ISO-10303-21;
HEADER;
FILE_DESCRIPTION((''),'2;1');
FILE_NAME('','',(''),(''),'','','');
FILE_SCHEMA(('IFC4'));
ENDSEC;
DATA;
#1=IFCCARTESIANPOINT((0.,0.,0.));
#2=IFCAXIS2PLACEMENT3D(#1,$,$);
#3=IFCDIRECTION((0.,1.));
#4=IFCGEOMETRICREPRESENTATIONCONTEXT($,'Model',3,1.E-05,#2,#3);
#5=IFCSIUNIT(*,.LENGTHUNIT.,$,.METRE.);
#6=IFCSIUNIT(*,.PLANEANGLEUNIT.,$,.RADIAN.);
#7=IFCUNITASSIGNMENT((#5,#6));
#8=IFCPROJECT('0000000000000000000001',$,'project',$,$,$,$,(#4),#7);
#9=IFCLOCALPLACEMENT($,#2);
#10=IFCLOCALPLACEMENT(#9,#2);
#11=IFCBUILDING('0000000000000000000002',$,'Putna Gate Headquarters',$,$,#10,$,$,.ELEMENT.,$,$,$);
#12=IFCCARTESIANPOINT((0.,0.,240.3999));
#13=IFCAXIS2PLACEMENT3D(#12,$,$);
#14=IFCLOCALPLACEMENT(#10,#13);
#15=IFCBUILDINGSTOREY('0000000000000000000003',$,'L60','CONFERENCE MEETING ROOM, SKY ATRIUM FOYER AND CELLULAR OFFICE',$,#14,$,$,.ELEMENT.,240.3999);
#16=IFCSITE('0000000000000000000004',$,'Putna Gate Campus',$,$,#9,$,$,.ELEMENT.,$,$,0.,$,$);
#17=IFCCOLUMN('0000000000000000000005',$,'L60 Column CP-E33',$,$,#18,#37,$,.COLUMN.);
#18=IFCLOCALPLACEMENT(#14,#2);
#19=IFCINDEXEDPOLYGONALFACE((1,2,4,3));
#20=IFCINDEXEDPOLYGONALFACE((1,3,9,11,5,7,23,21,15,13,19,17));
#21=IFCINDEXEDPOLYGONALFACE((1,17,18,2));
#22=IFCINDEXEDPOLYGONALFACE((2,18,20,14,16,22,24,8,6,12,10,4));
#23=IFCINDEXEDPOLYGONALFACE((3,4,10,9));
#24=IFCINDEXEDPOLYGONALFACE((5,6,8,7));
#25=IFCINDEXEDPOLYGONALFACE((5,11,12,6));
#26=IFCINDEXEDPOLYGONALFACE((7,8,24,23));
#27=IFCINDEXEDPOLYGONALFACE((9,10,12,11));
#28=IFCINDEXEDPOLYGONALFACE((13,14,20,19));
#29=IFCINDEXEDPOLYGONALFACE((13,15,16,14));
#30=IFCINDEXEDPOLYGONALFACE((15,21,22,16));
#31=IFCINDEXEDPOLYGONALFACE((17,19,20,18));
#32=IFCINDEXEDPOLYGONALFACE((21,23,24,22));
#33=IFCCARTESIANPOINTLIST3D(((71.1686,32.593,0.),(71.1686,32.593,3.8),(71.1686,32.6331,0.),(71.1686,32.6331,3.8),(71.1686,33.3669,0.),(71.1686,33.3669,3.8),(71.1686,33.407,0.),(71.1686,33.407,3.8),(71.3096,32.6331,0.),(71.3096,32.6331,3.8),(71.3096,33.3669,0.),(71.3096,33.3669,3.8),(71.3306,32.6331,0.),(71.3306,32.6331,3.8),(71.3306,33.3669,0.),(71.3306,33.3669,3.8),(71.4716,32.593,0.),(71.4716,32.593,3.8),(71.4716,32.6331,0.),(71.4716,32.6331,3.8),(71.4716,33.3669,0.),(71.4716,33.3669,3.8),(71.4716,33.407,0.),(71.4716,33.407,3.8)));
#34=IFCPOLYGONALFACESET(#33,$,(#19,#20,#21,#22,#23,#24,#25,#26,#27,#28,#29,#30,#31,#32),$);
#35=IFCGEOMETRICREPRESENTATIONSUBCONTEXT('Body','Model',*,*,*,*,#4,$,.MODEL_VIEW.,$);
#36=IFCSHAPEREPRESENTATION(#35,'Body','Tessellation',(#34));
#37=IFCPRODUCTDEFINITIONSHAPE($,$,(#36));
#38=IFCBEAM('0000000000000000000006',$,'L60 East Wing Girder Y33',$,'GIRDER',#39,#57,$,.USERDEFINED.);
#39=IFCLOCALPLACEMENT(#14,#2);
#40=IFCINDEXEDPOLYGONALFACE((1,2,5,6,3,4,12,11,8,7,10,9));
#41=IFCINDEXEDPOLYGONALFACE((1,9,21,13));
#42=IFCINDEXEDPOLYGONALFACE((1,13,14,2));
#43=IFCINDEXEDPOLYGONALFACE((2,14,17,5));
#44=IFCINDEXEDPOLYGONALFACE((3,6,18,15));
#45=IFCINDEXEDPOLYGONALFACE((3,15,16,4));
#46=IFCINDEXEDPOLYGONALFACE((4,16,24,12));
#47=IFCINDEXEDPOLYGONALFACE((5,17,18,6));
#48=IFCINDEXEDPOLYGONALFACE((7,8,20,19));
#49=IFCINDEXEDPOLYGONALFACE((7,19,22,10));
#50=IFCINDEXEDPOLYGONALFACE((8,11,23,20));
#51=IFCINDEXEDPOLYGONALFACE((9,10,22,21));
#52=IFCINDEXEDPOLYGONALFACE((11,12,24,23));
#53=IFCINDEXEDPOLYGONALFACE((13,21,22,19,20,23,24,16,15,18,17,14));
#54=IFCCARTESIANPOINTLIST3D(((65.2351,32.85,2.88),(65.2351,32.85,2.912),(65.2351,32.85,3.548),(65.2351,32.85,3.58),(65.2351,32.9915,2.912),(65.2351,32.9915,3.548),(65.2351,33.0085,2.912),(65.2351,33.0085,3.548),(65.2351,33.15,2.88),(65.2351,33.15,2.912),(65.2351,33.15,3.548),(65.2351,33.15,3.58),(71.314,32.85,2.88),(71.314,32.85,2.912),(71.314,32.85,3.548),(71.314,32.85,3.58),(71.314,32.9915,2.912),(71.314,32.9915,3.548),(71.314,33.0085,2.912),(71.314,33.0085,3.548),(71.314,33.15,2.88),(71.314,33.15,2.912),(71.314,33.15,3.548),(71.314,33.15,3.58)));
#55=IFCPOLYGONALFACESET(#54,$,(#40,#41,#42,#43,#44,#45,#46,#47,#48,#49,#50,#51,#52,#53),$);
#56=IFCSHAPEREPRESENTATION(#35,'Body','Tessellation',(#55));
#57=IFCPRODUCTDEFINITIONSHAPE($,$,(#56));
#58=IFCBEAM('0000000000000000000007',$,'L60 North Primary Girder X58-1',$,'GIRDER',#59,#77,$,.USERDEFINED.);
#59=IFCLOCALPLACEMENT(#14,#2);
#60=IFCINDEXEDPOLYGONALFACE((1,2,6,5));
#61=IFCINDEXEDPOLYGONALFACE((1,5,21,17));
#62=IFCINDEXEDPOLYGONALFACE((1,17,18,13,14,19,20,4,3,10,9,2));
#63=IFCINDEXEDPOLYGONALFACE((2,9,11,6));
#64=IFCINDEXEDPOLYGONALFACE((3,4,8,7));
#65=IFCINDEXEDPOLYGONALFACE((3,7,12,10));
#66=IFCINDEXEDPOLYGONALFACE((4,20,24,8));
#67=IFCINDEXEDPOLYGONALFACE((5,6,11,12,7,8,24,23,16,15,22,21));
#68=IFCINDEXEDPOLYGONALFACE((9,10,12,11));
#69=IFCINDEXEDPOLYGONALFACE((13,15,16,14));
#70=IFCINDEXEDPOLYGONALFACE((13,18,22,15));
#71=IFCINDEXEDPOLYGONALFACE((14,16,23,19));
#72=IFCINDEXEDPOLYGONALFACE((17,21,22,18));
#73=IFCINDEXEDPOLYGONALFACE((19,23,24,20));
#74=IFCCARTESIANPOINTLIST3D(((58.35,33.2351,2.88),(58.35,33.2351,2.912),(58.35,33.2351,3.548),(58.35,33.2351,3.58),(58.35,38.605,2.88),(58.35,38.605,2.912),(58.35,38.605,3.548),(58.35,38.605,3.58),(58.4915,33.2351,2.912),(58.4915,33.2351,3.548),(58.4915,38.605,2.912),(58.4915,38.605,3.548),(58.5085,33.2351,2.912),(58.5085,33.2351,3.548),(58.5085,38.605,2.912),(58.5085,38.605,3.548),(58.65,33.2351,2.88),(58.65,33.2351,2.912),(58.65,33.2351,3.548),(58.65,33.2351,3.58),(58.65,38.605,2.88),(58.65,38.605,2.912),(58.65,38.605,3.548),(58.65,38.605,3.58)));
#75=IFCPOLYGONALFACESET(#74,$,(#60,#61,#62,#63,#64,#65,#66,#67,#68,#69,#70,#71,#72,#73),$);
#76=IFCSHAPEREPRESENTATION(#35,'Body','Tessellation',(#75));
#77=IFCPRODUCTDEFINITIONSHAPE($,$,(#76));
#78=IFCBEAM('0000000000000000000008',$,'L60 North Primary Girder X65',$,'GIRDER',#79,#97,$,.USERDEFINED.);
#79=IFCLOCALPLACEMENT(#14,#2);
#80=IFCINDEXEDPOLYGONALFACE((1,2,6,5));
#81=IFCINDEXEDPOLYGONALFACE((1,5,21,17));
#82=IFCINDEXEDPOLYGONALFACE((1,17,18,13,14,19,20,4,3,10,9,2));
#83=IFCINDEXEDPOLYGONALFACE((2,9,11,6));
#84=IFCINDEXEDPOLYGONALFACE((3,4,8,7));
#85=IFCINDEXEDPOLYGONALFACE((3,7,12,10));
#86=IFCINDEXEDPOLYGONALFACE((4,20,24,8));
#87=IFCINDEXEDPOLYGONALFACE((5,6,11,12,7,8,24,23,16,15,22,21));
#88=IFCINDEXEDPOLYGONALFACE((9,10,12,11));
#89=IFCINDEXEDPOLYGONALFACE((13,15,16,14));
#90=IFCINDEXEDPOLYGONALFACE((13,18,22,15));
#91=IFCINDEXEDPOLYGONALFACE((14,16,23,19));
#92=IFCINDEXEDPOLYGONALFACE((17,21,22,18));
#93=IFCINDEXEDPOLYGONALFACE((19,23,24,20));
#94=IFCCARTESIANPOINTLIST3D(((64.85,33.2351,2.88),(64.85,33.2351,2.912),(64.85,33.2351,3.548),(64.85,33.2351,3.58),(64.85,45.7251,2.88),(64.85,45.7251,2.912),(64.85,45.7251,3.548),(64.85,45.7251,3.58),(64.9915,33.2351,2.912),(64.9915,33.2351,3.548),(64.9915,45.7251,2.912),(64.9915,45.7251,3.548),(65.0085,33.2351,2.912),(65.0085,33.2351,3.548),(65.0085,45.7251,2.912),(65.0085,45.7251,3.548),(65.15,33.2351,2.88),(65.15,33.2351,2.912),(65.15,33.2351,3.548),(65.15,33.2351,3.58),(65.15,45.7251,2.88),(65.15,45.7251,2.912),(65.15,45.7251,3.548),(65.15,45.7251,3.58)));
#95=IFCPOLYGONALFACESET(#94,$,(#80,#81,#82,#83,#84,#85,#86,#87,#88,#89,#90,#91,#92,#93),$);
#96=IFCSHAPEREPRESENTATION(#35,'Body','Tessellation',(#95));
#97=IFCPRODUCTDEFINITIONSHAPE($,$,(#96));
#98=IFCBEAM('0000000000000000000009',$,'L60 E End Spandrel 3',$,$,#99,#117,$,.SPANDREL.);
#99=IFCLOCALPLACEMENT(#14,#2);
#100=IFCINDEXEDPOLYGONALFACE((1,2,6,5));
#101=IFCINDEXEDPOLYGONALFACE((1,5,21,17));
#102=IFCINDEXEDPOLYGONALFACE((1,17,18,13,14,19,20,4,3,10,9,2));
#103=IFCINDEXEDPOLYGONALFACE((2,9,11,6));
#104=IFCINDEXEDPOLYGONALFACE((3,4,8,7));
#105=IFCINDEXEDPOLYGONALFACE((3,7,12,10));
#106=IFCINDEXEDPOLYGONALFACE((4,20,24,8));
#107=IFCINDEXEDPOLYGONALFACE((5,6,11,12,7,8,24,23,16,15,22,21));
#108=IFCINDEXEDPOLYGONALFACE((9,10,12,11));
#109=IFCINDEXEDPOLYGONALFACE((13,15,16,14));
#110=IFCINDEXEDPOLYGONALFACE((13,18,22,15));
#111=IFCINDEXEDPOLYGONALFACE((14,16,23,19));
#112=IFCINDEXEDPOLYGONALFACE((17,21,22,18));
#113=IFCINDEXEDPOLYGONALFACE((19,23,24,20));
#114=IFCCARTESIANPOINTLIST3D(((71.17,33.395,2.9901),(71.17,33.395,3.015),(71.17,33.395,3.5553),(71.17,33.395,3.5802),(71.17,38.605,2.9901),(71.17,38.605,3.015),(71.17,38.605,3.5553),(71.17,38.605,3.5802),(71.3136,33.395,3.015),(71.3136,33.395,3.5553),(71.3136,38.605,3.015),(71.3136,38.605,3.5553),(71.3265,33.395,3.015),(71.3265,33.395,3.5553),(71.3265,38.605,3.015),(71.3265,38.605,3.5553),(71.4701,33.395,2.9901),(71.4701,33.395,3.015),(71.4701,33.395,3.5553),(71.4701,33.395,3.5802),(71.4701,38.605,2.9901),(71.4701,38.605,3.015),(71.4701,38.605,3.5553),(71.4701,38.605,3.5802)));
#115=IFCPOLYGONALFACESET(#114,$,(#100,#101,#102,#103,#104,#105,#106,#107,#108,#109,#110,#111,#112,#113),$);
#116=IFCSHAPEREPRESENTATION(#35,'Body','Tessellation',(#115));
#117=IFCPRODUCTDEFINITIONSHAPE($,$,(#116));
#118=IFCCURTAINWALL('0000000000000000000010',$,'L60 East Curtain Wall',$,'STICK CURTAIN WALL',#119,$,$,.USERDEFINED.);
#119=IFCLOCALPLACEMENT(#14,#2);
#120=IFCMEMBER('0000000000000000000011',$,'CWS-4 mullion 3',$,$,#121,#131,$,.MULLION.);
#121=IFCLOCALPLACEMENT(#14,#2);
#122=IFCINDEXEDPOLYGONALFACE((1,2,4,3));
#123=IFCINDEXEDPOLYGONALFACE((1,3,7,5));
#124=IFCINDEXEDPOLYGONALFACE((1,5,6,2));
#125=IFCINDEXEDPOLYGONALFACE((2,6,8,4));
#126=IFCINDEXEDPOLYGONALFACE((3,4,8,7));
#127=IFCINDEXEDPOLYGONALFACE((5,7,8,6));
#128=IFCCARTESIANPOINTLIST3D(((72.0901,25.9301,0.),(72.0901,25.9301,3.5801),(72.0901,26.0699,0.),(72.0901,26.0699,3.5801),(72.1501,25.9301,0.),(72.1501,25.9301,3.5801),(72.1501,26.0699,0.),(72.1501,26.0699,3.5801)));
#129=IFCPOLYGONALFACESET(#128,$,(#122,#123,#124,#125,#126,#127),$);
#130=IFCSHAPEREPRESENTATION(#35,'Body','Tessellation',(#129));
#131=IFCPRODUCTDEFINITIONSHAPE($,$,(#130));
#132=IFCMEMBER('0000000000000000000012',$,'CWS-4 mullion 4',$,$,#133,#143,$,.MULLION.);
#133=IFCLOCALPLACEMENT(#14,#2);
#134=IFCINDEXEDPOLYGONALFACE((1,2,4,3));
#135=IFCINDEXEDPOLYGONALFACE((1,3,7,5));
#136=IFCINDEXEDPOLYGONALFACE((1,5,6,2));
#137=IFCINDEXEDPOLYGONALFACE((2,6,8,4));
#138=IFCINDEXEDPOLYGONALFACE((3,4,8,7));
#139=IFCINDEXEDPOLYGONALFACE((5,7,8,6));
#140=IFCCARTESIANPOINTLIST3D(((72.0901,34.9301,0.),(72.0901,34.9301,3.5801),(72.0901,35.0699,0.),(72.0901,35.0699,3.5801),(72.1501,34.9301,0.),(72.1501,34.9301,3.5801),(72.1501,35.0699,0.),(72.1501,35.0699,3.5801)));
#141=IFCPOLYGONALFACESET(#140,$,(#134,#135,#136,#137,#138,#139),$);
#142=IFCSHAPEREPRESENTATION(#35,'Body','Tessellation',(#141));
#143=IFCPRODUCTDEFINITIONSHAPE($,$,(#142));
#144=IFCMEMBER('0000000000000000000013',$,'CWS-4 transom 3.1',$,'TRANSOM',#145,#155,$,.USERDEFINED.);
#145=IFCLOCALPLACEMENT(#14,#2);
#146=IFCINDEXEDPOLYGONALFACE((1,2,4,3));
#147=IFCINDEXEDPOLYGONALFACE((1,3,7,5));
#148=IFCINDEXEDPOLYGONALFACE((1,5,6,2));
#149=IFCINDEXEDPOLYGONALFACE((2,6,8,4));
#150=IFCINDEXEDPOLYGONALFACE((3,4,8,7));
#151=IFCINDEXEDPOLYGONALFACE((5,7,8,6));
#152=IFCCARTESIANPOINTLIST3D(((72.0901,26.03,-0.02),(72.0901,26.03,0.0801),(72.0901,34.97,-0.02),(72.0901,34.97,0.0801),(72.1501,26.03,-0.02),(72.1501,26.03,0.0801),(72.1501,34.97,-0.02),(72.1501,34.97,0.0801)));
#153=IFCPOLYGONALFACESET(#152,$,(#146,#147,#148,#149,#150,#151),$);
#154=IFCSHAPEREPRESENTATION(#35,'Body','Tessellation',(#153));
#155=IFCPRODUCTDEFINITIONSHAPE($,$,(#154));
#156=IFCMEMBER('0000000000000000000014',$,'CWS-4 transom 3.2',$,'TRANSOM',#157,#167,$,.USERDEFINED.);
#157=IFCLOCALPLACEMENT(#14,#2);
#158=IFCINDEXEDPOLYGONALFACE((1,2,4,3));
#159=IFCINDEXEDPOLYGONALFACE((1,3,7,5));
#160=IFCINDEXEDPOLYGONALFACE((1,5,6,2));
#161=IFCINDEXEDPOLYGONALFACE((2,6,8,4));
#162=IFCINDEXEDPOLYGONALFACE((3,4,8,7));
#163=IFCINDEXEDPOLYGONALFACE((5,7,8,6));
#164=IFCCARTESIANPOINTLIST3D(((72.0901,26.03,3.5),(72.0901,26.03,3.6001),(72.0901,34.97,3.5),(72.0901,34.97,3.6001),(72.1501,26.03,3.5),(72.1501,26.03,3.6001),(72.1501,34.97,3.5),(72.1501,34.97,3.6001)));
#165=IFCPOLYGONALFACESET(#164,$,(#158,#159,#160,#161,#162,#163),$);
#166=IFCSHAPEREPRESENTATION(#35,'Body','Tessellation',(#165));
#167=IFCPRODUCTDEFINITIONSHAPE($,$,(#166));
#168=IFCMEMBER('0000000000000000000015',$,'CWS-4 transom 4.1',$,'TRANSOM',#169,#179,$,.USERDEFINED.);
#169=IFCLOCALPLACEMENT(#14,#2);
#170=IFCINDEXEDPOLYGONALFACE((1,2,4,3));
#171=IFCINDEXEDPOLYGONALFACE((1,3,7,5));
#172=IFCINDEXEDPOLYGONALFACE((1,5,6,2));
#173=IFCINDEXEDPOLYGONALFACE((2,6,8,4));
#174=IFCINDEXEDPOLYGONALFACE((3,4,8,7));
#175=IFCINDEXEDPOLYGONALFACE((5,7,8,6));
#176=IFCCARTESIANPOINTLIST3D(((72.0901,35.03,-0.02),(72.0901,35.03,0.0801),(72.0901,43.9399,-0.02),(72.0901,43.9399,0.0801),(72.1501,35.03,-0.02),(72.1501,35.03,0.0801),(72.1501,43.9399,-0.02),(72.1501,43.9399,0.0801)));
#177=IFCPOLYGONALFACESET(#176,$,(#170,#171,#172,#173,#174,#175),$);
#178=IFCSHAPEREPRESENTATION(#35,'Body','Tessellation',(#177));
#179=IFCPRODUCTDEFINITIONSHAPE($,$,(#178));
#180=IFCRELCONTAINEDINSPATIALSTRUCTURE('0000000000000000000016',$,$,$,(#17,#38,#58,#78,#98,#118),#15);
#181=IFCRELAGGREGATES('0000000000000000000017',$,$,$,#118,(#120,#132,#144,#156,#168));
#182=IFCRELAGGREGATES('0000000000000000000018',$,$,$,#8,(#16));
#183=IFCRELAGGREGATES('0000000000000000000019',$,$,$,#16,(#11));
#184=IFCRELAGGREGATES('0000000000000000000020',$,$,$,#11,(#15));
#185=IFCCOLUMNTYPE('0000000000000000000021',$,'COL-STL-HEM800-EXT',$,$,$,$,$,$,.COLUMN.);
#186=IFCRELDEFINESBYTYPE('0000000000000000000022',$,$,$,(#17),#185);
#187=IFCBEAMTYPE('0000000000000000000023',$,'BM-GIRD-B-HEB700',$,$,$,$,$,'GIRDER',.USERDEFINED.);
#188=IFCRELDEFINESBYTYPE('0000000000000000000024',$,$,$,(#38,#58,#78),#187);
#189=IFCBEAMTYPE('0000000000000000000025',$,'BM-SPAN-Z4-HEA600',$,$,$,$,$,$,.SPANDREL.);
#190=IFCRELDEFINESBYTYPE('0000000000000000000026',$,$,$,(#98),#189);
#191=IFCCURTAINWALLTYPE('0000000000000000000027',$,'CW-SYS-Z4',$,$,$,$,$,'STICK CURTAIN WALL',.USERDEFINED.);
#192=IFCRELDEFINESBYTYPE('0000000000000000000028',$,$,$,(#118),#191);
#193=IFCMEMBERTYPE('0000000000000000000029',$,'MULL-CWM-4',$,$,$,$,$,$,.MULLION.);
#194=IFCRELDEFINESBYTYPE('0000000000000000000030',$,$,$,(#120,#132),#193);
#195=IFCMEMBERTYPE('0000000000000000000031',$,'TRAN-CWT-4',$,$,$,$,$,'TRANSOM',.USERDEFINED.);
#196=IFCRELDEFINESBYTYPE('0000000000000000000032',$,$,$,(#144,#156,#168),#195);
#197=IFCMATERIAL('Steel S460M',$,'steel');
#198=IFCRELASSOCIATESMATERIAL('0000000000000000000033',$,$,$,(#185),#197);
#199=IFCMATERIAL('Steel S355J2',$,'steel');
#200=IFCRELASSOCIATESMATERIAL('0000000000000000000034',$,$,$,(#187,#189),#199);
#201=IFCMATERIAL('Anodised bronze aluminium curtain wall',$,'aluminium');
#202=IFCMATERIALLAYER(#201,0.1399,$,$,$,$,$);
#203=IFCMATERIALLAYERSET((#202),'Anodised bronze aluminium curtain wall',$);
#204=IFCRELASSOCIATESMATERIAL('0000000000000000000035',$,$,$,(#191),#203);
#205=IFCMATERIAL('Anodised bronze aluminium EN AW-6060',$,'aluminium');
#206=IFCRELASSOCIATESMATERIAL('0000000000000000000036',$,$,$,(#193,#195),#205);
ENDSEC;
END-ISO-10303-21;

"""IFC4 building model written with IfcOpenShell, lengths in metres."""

from ifc_helpers import new_model, si_unit, direction, frame, origin, origin_2d, place, context, subcontext, project, spatial, rectangle, i_section, extrude, material, layer, layer_set, material_profile, profile_set, type_object, element, aggregate, save


model = new_model("IFC4")

# Units and contexts
model_context = context("Model", 3, precision=1e-05, world=origin(), true_north=direction((0.0, 1.0)))
body_context = subcontext(model_context, "Body", "Model", "MODEL_VIEW")
ifc_project = project(units=[si_unit("LENGTHUNIT", "METRE"), si_unit("PLANEANGLEUNIT", "RADIAN")], contexts=[model_context])

# Site, building, storey
site_placement = place(None, origin())
site = spatial("IfcSite", under=ifc_project, at=site_placement, Name="Putna Gate Campus", CompositionType="ELEMENT", RefElevation=0.0)
building_placement = place(site_placement, origin())
building = spatial("IfcBuilding", under=site, at=building_placement, Name="Putna Gate Headquarters", CompositionType="ELEMENT")
storey_placement = place(building_placement, frame((0.0, 0.0, 240.3999)))
storey = spatial("IfcBuildingStorey", under=building, at=storey_placement, Name="L60", Description="CONFERENCE MEETING ROOM, SKY ATRIUM FOYER AND CELLULAR OFFICE", CompositionType="ELEMENT", Elevation=240.3999)

# Column
ifc_material_1 = material(Name="Steel S460M", Category="steel")
ifc_material_profile_1 = material_profile(ifc_material_1, i_section(OverallWidth=0.303, OverallDepth=0.814, WebThickness=0.021, FlangeThickness=0.04, at=origin_2d()), Name="Steel S460M")
ifc_profile_set_1 = profile_set([ifc_material_profile_1], Name="Steel S460M")
column_type = type_object("IfcColumnType", Name="COL-STL-HEM800-EXT", PredefinedType="COLUMN", material=ifc_profile_set_1)
column_placement = place(storey_placement, frame((71.3201, 33.0, 0.0), z_axis=(0.0, 0.0, 1.0), x_axis=(1.0, 0.0, 0.0)))
element("IfcColumn", 1, at=column_placement, inside=storey, type_object=column_type, Name="L60 Column CP-E33", PredefinedType="COLUMN", context=body_context, shape_type="SweptSolid", body=[
    extrude(i_section(OverallWidth=0.303, OverallDepth=0.814, WebThickness=0.021, FlangeThickness=0.04, at=origin_2d()), origin(), (0.0, 0.0, 1.0), 3.8),
])

# Beams
ifc_material_2 = material(Name="Steel S355J2", Category="steel")
ifc_material_profile_2 = material_profile(ifc_material_2, i_section(OverallWidth=0.3, OverallDepth=0.7, WebThickness=0.0171, FlangeThickness=0.032, at=origin_2d()), Name="Steel S355J2")
ifc_profile_set_2 = profile_set([ifc_material_profile_2], Name="Steel S355J2")
beam_type_1 = type_object("IfcBeamType", Name="BM-GIRD-B-HEB700", ElementType="GIRDER", PredefinedType="USERDEFINED", material=ifc_profile_set_2)
beam_1_placement = place(storey_placement, frame((65.2351, 33.0, 3.23), z_axis=(1.0, 0.0, 0.0), x_axis=(0.0, 1.0, 0.0)))
element("IfcBeam", 2, at=beam_1_placement, inside=storey, type_object=beam_type_1, Name="L60 East Wing Girder Y33", ObjectType="GIRDER", PredefinedType="USERDEFINED", context=body_context, shape_type="SweptSolid", body=[
    extrude(i_section(OverallWidth=0.3, OverallDepth=0.7, WebThickness=0.0171, FlangeThickness=0.032, at=origin_2d()), origin(), (0.0, 0.0, 1.0), 6.0789),
])
beam_2_placement = place(storey_placement, frame((58.5, 33.2351, 3.23), z_axis=(0.0, 1.0, 0.0), x_axis=(-1.0, 0.0, 0.0)))
element("IfcBeam", 3, at=beam_2_placement, inside=storey, type_object=beam_type_1, Name="L60 North Primary Girder X58-1", ObjectType="GIRDER", PredefinedType="USERDEFINED", context=body_context, shape_type="SweptSolid", body=[
    extrude(i_section(OverallWidth=0.3, OverallDepth=0.7, WebThickness=0.0171, FlangeThickness=0.032, at=origin_2d()), origin(), (0.0, 0.0, 1.0), 5.3699),
])
beam_3_placement = place(storey_placement, frame((65.0, 33.2351, 3.23), z_axis=(0.0, 1.0, 0.0), x_axis=(-1.0, 0.0, 0.0)))
element("IfcBeam", 4, at=beam_3_placement, inside=storey, type_object=beam_type_1, Name="L60 North Primary Girder X65", ObjectType="GIRDER", PredefinedType="USERDEFINED", context=body_context, shape_type="SweptSolid", body=[
    extrude(i_section(OverallWidth=0.3, OverallDepth=0.7, WebThickness=0.0171, FlangeThickness=0.032, at=origin_2d()), origin(), (0.0, 0.0, 1.0), 12.49),
])
ifc_material_profile_3 = material_profile(ifc_material_2, i_section(OverallWidth=0.3, OverallDepth=0.5901, WebThickness=0.0129, FlangeThickness=0.0249, at=origin_2d()), Name="Steel S355J2")
ifc_profile_set_3 = profile_set([ifc_material_profile_3], Name="Steel S355J2")
beam_type_2 = type_object("IfcBeamType", Name="BM-SPAN-Z4-HEA600", PredefinedType="SPANDREL", material=ifc_profile_set_3)
beam_4_placement = place(storey_placement, frame((71.3201, 33.395, 3.2852), z_axis=(0.0, 1.0, 0.0), x_axis=(-1.0, 0.0, 0.0)))
element("IfcBeam", 5, at=beam_4_placement, inside=storey, type_object=beam_type_2, Name="L60 E End Spandrel 3", PredefinedType="SPANDREL", context=body_context, shape_type="SweptSolid", body=[
    extrude(i_section(OverallWidth=0.3, OverallDepth=0.5901, WebThickness=0.0129, FlangeThickness=0.0249, at=origin_2d()), origin(), (0.0, 0.0, 1.0), 5.21),
])

# Curtain wall, members
ifc_material_3 = material(Name="Anodised bronze aluminium curtain wall", Category="aluminium")
ifc_layer_1 = layer(ifc_material_3, 0.1399)
ifc_layer_set_1 = layer_set([ifc_layer_1], Name="Anodised bronze aluminium curtain wall")
curtain_wall_type = type_object("IfcCurtainWallType", Name="CW-SYS-Z4", ElementType="STICK CURTAIN WALL", PredefinedType="USERDEFINED", material=ifc_layer_set_1)
curtain_wall_placement = place(storey_placement, origin())
curtain_wall = element("IfcCurtainWall", 6, at=curtain_wall_placement, inside=storey, type_object=curtain_wall_type, Name="L60 East Curtain Wall", ObjectType="STICK CURTAIN WALL", PredefinedType="USERDEFINED")
ifc_material_4 = material(Name="Anodised bronze aluminium EN AW-6060", Category="aluminium")
ifc_material_profile_4 = material_profile(ifc_material_4, rectangle(XDim=0.0601, YDim=0.1399, at=origin_2d()), Name="Anodised bronze aluminium EN AW-6060")
ifc_profile_set_4 = profile_set([ifc_material_profile_4], Name="Anodised bronze aluminium EN AW-6060")
member_type_1 = type_object("IfcMemberType", Name="MULL-CWM-4", PredefinedType="MULLION", material=ifc_profile_set_4)
member_1_placement = place(storey_placement, frame((72.1201, 26.0, 0.0), z_axis=(0.0, 0.0, 1.0), x_axis=(-1.0, 0.0, 0.0)))
member_1 = element("IfcMember", 7, at=member_1_placement, type_object=member_type_1, Name="CWS-4 mullion 3", PredefinedType="MULLION", context=body_context, shape_type="SweptSolid", body=[
    extrude(rectangle(XDim=0.0601, YDim=0.1399, at=origin_2d()), origin(), (0.0, 0.0, 1.0), 3.5801),
])
member_2_placement = place(storey_placement, frame((72.1201, 35.0, 0.0), z_axis=(0.0, 0.0, 1.0), x_axis=(-1.0, 0.0, 0.0)))
member_2 = element("IfcMember", 8, at=member_2_placement, type_object=member_type_1, Name="CWS-4 mullion 4", PredefinedType="MULLION", context=body_context, shape_type="SweptSolid", body=[
    extrude(rectangle(XDim=0.0601, YDim=0.1399, at=origin_2d()), origin(), (0.0, 0.0, 1.0), 3.5801),
])
ifc_material_profile_5 = material_profile(ifc_material_4, rectangle(XDim=0.0601, YDim=0.1001, at=origin_2d()), Name="Anodised bronze aluminium EN AW-6060")
ifc_profile_set_5 = profile_set([ifc_material_profile_5], Name="Anodised bronze aluminium EN AW-6060")
member_type_2 = type_object("IfcMemberType", Name="TRAN-CWT-4", ElementType="TRANSOM", PredefinedType="USERDEFINED", material=ifc_profile_set_5)
member_3_placement = place(storey_placement, frame((72.1201, 26.03, 0.03), z_axis=(0.0, 1.0, 0.0), x_axis=(-1.0, 0.0, 0.0)))
member_3 = element("IfcMember", 9, at=member_3_placement, type_object=member_type_2, Name="CWS-4 transom 3.1", ObjectType="TRANSOM", PredefinedType="USERDEFINED", context=body_context, shape_type="SweptSolid", body=[
    extrude(rectangle(XDim=0.0601, YDim=0.1001, at=origin_2d()), origin(), (0.0, 0.0, 1.0), 8.9399),
])
member_4_placement = place(storey_placement, frame((72.1201, 26.03, 3.55), z_axis=(0.0, 1.0, 0.0), x_axis=(-1.0, 0.0, 0.0)))
member_4 = element("IfcMember", 10, at=member_4_placement, type_object=member_type_2, Name="CWS-4 transom 3.2", ObjectType="TRANSOM", PredefinedType="USERDEFINED", context=body_context, shape_type="SweptSolid", body=[
    extrude(rectangle(XDim=0.0601, YDim=0.1001, at=origin_2d()), origin(), (0.0, 0.0, 1.0), 8.9399),
])
member_5_placement = place(storey_placement, frame((72.1201, 35.03, 0.03), z_axis=(0.0, 1.0, 0.0), x_axis=(-1.0, 0.0, 0.0)))
member_5 = element("IfcMember", 11, at=member_5_placement, type_object=member_type_2, Name="CWS-4 transom 4.1", ObjectType="TRANSOM", PredefinedType="USERDEFINED", context=body_context, shape_type="SweptSolid", body=[
    extrude(rectangle(XDim=0.0601, YDim=0.1001, at=origin_2d()), origin(), (0.0, 0.0, 1.0), 8.9099),
])
aggregate(curtain_wall, [member_1, member_2, member_3, member_4, member_5])

save(model, "model.ifc")
